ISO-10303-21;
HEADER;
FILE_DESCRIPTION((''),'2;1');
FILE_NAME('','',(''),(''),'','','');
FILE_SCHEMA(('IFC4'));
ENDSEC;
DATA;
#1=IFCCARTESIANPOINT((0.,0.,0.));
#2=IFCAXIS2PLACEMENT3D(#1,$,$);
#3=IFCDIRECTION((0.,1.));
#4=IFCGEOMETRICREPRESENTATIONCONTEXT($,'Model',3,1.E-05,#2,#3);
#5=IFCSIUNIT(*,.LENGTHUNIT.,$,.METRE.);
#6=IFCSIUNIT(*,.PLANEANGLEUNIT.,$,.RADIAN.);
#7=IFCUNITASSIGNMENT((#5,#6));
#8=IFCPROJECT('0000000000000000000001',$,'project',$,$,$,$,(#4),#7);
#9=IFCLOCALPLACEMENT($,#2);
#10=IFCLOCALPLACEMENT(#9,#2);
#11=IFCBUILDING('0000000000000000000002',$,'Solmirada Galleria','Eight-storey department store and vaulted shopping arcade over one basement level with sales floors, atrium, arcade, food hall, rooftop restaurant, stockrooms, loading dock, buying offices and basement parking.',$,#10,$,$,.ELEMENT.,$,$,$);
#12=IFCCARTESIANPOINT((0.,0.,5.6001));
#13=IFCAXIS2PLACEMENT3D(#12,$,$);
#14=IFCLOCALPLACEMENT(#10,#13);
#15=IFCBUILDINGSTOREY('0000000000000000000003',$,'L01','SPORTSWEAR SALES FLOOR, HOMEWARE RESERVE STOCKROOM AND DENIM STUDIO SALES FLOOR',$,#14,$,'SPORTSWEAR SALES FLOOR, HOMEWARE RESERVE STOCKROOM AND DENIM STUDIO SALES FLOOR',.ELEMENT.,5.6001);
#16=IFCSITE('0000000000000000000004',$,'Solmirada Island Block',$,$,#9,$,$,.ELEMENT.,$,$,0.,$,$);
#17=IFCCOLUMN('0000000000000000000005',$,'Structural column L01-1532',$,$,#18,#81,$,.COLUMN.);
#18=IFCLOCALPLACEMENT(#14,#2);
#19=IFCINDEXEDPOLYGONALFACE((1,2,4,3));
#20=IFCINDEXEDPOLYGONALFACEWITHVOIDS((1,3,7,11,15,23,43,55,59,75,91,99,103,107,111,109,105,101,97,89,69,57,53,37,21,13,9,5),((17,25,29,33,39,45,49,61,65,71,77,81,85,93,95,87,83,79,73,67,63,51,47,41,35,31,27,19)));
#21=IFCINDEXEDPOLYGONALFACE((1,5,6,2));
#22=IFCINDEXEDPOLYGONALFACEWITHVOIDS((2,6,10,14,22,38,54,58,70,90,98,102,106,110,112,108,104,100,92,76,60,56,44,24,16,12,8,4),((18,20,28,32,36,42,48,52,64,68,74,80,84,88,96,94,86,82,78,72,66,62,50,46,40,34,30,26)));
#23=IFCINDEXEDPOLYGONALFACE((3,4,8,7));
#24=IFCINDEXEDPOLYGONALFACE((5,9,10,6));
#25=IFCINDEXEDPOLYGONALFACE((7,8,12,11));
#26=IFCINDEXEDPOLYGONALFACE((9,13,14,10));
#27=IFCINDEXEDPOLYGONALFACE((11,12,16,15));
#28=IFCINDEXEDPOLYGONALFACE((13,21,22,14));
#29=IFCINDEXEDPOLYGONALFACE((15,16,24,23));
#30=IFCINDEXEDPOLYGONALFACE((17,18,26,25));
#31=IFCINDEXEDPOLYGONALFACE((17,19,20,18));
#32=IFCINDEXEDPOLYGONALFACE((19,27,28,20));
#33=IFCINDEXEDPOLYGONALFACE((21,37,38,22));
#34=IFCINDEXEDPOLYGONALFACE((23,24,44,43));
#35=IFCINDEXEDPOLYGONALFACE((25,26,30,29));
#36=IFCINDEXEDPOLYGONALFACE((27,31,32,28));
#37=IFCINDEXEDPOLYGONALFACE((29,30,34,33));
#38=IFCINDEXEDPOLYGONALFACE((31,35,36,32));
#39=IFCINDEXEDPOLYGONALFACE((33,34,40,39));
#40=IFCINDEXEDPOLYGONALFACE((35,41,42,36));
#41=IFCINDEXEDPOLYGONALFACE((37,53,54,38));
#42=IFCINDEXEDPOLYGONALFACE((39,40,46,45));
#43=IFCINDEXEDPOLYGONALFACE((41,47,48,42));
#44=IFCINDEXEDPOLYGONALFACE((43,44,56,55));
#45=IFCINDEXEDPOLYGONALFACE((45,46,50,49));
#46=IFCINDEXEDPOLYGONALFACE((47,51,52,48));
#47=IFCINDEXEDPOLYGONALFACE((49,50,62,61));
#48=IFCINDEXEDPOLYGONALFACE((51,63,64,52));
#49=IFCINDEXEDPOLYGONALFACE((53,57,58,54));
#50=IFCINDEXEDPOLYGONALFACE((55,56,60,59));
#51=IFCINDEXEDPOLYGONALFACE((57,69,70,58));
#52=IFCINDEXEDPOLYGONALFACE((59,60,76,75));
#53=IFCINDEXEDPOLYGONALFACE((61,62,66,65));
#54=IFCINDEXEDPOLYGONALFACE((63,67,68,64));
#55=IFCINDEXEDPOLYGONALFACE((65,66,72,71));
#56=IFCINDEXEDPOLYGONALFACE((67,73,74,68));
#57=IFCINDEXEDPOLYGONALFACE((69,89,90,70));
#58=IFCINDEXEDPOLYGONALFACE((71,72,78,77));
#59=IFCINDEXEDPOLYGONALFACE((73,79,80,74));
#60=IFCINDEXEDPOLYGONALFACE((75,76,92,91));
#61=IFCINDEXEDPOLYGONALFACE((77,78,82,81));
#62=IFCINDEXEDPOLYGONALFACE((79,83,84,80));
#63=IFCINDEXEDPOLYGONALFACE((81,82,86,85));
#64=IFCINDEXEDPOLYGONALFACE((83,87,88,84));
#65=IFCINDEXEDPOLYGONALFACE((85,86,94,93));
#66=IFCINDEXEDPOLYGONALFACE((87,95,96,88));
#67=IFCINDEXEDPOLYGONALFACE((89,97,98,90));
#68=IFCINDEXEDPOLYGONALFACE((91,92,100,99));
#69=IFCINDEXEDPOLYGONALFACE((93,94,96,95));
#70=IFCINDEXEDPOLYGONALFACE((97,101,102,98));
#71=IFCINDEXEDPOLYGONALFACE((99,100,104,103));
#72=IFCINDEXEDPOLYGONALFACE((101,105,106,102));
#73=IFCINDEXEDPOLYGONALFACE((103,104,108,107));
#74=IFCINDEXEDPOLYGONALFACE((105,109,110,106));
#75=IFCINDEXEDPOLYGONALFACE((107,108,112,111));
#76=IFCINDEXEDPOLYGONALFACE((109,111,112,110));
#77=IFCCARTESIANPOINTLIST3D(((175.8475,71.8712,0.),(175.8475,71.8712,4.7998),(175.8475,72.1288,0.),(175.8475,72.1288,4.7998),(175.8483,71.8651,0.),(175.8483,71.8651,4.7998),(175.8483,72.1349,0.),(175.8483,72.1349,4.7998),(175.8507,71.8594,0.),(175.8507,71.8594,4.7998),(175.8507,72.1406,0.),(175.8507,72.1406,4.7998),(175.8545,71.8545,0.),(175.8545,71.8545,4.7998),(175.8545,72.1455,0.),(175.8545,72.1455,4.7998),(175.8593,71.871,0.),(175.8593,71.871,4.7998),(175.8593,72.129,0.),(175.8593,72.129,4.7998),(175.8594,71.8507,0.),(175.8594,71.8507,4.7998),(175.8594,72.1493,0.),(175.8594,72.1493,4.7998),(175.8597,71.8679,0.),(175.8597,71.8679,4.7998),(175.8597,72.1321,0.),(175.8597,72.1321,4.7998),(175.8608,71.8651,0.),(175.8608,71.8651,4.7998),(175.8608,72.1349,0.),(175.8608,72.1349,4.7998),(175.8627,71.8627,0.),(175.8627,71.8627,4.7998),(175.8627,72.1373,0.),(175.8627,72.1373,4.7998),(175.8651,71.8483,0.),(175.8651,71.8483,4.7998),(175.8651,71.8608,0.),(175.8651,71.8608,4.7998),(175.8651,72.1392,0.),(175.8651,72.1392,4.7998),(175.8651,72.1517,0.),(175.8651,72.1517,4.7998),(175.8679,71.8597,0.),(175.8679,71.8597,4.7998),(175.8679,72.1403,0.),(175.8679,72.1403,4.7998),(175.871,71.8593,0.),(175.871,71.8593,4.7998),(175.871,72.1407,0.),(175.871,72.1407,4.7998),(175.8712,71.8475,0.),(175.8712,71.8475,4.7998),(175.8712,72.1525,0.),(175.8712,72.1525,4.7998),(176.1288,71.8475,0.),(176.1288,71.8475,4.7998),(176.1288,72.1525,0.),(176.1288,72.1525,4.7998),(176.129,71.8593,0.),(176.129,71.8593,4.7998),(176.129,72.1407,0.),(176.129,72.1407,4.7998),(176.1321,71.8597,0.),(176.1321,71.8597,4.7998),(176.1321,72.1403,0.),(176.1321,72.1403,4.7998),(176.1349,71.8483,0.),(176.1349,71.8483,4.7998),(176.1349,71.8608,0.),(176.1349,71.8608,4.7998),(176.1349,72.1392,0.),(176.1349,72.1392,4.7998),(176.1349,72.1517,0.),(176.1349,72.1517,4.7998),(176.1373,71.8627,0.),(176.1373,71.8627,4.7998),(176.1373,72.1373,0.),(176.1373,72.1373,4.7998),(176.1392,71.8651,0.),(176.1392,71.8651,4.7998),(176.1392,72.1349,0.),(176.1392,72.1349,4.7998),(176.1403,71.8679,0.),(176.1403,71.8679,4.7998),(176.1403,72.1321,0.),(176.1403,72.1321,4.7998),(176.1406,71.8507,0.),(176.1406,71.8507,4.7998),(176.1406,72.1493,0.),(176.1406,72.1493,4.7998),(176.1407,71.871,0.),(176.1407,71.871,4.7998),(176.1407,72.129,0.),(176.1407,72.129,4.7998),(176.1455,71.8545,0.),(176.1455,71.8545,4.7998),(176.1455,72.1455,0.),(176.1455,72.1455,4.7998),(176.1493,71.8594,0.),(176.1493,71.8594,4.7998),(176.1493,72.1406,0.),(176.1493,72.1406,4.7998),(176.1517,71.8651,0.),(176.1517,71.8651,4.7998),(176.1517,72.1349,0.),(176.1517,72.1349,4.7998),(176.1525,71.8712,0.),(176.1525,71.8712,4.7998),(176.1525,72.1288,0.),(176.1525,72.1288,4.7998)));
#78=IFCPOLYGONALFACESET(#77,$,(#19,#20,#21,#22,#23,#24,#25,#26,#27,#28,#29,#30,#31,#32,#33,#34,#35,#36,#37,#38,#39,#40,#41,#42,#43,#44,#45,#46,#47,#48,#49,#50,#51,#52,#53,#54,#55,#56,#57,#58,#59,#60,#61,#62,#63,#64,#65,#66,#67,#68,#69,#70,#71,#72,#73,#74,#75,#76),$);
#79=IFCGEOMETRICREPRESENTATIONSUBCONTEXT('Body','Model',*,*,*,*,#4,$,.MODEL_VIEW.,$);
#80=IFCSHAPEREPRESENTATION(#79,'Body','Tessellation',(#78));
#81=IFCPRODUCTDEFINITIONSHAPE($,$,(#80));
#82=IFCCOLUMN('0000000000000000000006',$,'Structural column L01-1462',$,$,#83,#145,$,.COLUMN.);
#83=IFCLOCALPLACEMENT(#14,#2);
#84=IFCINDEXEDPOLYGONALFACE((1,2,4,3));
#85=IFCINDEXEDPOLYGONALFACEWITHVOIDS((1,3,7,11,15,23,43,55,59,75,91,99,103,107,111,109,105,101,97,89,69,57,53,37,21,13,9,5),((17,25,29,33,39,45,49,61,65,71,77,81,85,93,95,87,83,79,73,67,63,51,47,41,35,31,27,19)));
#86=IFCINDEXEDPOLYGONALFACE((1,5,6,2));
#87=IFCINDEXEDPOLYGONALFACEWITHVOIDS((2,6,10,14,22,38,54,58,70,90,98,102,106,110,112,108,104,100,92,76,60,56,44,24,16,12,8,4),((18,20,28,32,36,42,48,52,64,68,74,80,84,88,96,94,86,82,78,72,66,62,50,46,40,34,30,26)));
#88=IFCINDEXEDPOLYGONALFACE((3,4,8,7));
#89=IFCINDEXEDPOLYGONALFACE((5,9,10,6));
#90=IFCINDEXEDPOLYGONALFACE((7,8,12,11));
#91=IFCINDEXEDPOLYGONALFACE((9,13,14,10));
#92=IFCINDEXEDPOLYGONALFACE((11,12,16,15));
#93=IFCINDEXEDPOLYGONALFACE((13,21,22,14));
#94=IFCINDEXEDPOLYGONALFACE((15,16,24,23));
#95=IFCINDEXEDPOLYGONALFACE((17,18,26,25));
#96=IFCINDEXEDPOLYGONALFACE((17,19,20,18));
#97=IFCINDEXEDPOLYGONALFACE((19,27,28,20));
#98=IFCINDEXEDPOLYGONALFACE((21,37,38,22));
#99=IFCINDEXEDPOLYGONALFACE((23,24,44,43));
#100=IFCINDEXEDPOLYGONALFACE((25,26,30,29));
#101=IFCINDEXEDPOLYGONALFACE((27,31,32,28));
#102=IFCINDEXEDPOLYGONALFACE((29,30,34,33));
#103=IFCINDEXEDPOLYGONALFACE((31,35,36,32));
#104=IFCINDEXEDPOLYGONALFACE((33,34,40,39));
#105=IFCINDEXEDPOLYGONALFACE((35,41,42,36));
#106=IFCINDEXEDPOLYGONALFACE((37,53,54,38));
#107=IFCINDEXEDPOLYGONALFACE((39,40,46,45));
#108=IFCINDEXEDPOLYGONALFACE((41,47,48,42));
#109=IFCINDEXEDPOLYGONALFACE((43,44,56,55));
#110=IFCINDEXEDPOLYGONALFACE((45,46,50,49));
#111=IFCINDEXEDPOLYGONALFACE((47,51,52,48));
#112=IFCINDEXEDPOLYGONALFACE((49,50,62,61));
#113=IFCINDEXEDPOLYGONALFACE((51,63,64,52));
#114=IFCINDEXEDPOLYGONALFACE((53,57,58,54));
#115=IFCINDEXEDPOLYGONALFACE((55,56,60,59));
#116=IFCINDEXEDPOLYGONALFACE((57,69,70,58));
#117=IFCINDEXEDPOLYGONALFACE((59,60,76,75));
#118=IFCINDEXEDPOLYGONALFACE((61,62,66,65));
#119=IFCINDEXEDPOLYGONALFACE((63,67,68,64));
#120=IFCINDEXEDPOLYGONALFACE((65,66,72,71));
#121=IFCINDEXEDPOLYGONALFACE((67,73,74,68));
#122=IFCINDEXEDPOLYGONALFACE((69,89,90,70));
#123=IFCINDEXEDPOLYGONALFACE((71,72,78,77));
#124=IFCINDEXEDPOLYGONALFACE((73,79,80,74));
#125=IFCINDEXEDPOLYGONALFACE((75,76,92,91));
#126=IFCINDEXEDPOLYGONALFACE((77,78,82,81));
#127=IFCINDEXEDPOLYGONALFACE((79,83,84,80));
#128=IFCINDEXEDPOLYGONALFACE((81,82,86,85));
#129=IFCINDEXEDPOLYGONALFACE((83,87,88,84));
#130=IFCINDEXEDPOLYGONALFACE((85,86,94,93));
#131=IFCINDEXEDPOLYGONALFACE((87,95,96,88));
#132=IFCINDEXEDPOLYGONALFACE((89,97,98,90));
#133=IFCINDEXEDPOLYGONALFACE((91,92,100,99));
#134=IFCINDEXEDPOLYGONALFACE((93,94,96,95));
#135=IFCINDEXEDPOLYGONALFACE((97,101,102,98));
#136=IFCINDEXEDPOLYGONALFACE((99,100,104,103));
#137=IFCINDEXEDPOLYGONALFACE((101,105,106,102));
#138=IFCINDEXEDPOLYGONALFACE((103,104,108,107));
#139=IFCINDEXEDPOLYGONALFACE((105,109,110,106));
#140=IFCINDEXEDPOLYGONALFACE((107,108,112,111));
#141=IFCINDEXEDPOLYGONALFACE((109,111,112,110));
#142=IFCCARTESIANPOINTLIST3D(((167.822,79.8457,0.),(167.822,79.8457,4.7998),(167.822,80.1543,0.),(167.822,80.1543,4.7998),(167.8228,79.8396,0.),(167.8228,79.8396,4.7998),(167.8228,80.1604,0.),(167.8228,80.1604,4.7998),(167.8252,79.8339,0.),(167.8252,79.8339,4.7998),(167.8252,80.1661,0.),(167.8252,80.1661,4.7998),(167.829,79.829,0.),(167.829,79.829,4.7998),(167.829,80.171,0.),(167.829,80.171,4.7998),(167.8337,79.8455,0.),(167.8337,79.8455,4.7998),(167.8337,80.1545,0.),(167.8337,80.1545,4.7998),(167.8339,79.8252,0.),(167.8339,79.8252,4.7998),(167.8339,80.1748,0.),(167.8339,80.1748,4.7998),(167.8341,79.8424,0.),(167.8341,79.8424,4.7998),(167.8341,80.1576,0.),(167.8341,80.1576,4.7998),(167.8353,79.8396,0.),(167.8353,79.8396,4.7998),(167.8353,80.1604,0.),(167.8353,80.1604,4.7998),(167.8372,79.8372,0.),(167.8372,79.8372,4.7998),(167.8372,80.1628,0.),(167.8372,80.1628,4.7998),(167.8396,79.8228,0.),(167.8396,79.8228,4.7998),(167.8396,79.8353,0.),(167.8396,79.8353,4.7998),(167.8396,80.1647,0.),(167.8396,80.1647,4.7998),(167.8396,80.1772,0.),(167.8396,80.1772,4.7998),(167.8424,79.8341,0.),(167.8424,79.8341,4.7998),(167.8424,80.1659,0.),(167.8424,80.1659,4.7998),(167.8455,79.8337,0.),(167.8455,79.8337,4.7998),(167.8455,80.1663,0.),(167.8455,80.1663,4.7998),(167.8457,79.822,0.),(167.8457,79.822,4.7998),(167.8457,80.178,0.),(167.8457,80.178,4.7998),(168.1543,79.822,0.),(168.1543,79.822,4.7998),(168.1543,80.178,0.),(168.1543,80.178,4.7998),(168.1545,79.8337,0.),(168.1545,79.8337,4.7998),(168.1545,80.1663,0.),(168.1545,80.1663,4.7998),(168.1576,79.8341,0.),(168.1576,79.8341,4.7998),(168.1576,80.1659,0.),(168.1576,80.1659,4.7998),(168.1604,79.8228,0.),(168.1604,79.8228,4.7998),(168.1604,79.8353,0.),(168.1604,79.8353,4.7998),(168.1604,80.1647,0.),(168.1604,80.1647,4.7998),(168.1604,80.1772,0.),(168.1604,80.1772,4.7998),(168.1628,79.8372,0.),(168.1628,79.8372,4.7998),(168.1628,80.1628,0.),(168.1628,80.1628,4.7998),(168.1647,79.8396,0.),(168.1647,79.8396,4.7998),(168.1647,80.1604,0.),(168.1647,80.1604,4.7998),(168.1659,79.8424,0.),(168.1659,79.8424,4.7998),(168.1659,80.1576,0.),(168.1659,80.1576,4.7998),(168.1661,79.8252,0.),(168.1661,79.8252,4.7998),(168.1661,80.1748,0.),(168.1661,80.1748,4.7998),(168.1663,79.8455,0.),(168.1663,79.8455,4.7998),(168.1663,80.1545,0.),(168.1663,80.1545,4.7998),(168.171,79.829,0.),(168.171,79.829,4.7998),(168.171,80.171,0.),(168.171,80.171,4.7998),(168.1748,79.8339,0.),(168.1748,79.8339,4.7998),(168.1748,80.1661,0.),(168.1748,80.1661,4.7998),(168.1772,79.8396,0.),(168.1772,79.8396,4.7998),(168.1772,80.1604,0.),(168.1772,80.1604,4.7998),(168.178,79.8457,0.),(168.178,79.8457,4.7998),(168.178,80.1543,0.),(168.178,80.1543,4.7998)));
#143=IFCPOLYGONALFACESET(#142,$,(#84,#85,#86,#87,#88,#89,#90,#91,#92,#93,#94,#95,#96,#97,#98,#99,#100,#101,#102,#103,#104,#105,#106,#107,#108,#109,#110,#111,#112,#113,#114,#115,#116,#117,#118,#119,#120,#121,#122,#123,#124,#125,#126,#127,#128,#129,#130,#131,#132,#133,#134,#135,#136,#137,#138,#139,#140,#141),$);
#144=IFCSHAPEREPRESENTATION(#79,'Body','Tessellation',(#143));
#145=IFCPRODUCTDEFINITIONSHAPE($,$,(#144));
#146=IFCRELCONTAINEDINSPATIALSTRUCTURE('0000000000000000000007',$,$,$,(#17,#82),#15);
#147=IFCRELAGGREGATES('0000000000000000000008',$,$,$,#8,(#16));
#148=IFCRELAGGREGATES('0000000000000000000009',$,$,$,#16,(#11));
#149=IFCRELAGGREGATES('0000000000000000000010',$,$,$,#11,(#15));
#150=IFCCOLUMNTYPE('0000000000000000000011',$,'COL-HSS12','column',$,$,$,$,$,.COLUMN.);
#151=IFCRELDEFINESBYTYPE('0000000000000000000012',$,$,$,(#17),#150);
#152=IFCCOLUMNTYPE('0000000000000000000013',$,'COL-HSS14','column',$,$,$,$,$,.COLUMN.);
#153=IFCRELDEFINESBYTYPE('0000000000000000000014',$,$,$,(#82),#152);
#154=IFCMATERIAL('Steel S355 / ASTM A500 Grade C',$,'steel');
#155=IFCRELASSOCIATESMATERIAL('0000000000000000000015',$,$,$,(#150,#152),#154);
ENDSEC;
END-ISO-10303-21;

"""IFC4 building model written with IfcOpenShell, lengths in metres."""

from ifc_helpers import new_model, si_unit, direction, frame, origin, origin_2d, place, context, subcontext, project, spatial, hollow_rectangle, extrude, material, material_profile, profile_set, type_object, element, save


model = new_model("IFC4")

# Units and contexts
model_context = context("Model", 3, precision=1e-05, world=origin(), true_north=direction((0.0, 1.0)))
body_context = subcontext(model_context, "Body", "Model", "MODEL_VIEW")
ifc_project = project(units=[si_unit("LENGTHUNIT", "METRE"), si_unit("PLANEANGLEUNIT", "RADIAN")], contexts=[model_context])

# Site, building, storey
site_placement = place(None, origin())
site = spatial("IfcSite", under=ifc_project, at=site_placement, Name="Solmirada Island Block", CompositionType="ELEMENT", RefElevation=0.0)
building_placement = place(site_placement, origin())
building = spatial("IfcBuilding", under=site, at=building_placement, Name="Solmirada Galleria", Description="Eight-storey department store and vaulted shopping arcade over one basement level with sales floors, atrium, arcade, food hall, rooftop restaurant, stockrooms, loading dock, buying offices and basement parking.", CompositionType="ELEMENT")
storey_placement = place(building_placement, frame((0.0, 0.0, 5.6001)))
storey = spatial("IfcBuildingStorey", under=building, at=storey_placement, Name="L01", Description="SPORTSWEAR SALES FLOOR, HOMEWARE RESERVE STOCKROOM AND DENIM STUDIO SALES FLOOR", LongName="SPORTSWEAR SALES FLOOR, HOMEWARE RESERVE STOCKROOM AND DENIM STUDIO SALES FLOOR", CompositionType="ELEMENT", Elevation=5.6001)

# Columns
ifc_material_1 = material(Name="Steel S355 / ASTM A500 Grade C", Category="steel")
ifc_material_profile_1 = material_profile(ifc_material_1, hollow_rectangle(XDim=0.3049, YDim=0.3049, WallThickness=0.0117, InnerFilletRadius=0.0117, OuterFilletRadius=0.0237, at=origin_2d()), Name="HSS12X12X1/2")
ifc_profile_set_1 = profile_set([ifc_material_profile_1], Name="Steel S355 / ASTM A500 Grade C")
column_type_1 = type_object("IfcColumnType", Name="COL-HSS12", Description="column", PredefinedType="COLUMN", material=ifc_profile_set_1)
column_placement = place(storey_placement, frame((176.0, 72.0, 0.0), z_axis=(0.0, 0.0, 1.0), x_axis=(1.0, 0.0, 0.0)))
element("IfcColumn", 1, at=column_placement, inside=storey, type_object=column_type_1, Name="Structural column L01-1532", PredefinedType="COLUMN", context=body_context, shape_type="SweptSolid", body=[
    extrude(hollow_rectangle(XDim=0.3049, YDim=0.3049, WallThickness=0.0117, InnerFilletRadius=0.0117, OuterFilletRadius=0.0237, at=origin_2d()), origin(), (0.0, 0.0, 1.0), 4.7998),
])
ifc_material_profile_2 = material_profile(ifc_material_1, hollow_rectangle(XDim=0.356, YDim=0.356, WallThickness=0.0117, InnerFilletRadius=0.0117, OuterFilletRadius=0.0237, at=origin_2d()), Name="HSS14X14X1/2")
ifc_profile_set_2 = profile_set([ifc_material_profile_2], Name="Steel S355 / ASTM A500 Grade C")
column_type_2 = type_object("IfcColumnType", Name="COL-HSS14", Description="column", PredefinedType="COLUMN", material=ifc_profile_set_2)
for number, where, z_axis, x_axis, name in (
    (2, (168.0, 80.0, 0.0), (0.0, 0.0, 1.0), (1.0, 0.0, 0.0), "Structural column L01-1462"),
):
    element("IfcColumn", number, at=place(storey_placement, frame(where, z_axis=z_axis, x_axis=x_axis)), inside=storey, type_object=column_type_2, Name=name, PredefinedType="COLUMN", context=body_context, shape_type="SweptSolid", body=[
        extrude(hollow_rectangle(XDim=0.356, YDim=0.356, WallThickness=0.0117, InnerFilletRadius=0.0117, OuterFilletRadius=0.0237, at=origin_2d()), origin(), (0.0, 0.0, 1.0), 4.7998),
    ])

save(model, "model.ifc")
